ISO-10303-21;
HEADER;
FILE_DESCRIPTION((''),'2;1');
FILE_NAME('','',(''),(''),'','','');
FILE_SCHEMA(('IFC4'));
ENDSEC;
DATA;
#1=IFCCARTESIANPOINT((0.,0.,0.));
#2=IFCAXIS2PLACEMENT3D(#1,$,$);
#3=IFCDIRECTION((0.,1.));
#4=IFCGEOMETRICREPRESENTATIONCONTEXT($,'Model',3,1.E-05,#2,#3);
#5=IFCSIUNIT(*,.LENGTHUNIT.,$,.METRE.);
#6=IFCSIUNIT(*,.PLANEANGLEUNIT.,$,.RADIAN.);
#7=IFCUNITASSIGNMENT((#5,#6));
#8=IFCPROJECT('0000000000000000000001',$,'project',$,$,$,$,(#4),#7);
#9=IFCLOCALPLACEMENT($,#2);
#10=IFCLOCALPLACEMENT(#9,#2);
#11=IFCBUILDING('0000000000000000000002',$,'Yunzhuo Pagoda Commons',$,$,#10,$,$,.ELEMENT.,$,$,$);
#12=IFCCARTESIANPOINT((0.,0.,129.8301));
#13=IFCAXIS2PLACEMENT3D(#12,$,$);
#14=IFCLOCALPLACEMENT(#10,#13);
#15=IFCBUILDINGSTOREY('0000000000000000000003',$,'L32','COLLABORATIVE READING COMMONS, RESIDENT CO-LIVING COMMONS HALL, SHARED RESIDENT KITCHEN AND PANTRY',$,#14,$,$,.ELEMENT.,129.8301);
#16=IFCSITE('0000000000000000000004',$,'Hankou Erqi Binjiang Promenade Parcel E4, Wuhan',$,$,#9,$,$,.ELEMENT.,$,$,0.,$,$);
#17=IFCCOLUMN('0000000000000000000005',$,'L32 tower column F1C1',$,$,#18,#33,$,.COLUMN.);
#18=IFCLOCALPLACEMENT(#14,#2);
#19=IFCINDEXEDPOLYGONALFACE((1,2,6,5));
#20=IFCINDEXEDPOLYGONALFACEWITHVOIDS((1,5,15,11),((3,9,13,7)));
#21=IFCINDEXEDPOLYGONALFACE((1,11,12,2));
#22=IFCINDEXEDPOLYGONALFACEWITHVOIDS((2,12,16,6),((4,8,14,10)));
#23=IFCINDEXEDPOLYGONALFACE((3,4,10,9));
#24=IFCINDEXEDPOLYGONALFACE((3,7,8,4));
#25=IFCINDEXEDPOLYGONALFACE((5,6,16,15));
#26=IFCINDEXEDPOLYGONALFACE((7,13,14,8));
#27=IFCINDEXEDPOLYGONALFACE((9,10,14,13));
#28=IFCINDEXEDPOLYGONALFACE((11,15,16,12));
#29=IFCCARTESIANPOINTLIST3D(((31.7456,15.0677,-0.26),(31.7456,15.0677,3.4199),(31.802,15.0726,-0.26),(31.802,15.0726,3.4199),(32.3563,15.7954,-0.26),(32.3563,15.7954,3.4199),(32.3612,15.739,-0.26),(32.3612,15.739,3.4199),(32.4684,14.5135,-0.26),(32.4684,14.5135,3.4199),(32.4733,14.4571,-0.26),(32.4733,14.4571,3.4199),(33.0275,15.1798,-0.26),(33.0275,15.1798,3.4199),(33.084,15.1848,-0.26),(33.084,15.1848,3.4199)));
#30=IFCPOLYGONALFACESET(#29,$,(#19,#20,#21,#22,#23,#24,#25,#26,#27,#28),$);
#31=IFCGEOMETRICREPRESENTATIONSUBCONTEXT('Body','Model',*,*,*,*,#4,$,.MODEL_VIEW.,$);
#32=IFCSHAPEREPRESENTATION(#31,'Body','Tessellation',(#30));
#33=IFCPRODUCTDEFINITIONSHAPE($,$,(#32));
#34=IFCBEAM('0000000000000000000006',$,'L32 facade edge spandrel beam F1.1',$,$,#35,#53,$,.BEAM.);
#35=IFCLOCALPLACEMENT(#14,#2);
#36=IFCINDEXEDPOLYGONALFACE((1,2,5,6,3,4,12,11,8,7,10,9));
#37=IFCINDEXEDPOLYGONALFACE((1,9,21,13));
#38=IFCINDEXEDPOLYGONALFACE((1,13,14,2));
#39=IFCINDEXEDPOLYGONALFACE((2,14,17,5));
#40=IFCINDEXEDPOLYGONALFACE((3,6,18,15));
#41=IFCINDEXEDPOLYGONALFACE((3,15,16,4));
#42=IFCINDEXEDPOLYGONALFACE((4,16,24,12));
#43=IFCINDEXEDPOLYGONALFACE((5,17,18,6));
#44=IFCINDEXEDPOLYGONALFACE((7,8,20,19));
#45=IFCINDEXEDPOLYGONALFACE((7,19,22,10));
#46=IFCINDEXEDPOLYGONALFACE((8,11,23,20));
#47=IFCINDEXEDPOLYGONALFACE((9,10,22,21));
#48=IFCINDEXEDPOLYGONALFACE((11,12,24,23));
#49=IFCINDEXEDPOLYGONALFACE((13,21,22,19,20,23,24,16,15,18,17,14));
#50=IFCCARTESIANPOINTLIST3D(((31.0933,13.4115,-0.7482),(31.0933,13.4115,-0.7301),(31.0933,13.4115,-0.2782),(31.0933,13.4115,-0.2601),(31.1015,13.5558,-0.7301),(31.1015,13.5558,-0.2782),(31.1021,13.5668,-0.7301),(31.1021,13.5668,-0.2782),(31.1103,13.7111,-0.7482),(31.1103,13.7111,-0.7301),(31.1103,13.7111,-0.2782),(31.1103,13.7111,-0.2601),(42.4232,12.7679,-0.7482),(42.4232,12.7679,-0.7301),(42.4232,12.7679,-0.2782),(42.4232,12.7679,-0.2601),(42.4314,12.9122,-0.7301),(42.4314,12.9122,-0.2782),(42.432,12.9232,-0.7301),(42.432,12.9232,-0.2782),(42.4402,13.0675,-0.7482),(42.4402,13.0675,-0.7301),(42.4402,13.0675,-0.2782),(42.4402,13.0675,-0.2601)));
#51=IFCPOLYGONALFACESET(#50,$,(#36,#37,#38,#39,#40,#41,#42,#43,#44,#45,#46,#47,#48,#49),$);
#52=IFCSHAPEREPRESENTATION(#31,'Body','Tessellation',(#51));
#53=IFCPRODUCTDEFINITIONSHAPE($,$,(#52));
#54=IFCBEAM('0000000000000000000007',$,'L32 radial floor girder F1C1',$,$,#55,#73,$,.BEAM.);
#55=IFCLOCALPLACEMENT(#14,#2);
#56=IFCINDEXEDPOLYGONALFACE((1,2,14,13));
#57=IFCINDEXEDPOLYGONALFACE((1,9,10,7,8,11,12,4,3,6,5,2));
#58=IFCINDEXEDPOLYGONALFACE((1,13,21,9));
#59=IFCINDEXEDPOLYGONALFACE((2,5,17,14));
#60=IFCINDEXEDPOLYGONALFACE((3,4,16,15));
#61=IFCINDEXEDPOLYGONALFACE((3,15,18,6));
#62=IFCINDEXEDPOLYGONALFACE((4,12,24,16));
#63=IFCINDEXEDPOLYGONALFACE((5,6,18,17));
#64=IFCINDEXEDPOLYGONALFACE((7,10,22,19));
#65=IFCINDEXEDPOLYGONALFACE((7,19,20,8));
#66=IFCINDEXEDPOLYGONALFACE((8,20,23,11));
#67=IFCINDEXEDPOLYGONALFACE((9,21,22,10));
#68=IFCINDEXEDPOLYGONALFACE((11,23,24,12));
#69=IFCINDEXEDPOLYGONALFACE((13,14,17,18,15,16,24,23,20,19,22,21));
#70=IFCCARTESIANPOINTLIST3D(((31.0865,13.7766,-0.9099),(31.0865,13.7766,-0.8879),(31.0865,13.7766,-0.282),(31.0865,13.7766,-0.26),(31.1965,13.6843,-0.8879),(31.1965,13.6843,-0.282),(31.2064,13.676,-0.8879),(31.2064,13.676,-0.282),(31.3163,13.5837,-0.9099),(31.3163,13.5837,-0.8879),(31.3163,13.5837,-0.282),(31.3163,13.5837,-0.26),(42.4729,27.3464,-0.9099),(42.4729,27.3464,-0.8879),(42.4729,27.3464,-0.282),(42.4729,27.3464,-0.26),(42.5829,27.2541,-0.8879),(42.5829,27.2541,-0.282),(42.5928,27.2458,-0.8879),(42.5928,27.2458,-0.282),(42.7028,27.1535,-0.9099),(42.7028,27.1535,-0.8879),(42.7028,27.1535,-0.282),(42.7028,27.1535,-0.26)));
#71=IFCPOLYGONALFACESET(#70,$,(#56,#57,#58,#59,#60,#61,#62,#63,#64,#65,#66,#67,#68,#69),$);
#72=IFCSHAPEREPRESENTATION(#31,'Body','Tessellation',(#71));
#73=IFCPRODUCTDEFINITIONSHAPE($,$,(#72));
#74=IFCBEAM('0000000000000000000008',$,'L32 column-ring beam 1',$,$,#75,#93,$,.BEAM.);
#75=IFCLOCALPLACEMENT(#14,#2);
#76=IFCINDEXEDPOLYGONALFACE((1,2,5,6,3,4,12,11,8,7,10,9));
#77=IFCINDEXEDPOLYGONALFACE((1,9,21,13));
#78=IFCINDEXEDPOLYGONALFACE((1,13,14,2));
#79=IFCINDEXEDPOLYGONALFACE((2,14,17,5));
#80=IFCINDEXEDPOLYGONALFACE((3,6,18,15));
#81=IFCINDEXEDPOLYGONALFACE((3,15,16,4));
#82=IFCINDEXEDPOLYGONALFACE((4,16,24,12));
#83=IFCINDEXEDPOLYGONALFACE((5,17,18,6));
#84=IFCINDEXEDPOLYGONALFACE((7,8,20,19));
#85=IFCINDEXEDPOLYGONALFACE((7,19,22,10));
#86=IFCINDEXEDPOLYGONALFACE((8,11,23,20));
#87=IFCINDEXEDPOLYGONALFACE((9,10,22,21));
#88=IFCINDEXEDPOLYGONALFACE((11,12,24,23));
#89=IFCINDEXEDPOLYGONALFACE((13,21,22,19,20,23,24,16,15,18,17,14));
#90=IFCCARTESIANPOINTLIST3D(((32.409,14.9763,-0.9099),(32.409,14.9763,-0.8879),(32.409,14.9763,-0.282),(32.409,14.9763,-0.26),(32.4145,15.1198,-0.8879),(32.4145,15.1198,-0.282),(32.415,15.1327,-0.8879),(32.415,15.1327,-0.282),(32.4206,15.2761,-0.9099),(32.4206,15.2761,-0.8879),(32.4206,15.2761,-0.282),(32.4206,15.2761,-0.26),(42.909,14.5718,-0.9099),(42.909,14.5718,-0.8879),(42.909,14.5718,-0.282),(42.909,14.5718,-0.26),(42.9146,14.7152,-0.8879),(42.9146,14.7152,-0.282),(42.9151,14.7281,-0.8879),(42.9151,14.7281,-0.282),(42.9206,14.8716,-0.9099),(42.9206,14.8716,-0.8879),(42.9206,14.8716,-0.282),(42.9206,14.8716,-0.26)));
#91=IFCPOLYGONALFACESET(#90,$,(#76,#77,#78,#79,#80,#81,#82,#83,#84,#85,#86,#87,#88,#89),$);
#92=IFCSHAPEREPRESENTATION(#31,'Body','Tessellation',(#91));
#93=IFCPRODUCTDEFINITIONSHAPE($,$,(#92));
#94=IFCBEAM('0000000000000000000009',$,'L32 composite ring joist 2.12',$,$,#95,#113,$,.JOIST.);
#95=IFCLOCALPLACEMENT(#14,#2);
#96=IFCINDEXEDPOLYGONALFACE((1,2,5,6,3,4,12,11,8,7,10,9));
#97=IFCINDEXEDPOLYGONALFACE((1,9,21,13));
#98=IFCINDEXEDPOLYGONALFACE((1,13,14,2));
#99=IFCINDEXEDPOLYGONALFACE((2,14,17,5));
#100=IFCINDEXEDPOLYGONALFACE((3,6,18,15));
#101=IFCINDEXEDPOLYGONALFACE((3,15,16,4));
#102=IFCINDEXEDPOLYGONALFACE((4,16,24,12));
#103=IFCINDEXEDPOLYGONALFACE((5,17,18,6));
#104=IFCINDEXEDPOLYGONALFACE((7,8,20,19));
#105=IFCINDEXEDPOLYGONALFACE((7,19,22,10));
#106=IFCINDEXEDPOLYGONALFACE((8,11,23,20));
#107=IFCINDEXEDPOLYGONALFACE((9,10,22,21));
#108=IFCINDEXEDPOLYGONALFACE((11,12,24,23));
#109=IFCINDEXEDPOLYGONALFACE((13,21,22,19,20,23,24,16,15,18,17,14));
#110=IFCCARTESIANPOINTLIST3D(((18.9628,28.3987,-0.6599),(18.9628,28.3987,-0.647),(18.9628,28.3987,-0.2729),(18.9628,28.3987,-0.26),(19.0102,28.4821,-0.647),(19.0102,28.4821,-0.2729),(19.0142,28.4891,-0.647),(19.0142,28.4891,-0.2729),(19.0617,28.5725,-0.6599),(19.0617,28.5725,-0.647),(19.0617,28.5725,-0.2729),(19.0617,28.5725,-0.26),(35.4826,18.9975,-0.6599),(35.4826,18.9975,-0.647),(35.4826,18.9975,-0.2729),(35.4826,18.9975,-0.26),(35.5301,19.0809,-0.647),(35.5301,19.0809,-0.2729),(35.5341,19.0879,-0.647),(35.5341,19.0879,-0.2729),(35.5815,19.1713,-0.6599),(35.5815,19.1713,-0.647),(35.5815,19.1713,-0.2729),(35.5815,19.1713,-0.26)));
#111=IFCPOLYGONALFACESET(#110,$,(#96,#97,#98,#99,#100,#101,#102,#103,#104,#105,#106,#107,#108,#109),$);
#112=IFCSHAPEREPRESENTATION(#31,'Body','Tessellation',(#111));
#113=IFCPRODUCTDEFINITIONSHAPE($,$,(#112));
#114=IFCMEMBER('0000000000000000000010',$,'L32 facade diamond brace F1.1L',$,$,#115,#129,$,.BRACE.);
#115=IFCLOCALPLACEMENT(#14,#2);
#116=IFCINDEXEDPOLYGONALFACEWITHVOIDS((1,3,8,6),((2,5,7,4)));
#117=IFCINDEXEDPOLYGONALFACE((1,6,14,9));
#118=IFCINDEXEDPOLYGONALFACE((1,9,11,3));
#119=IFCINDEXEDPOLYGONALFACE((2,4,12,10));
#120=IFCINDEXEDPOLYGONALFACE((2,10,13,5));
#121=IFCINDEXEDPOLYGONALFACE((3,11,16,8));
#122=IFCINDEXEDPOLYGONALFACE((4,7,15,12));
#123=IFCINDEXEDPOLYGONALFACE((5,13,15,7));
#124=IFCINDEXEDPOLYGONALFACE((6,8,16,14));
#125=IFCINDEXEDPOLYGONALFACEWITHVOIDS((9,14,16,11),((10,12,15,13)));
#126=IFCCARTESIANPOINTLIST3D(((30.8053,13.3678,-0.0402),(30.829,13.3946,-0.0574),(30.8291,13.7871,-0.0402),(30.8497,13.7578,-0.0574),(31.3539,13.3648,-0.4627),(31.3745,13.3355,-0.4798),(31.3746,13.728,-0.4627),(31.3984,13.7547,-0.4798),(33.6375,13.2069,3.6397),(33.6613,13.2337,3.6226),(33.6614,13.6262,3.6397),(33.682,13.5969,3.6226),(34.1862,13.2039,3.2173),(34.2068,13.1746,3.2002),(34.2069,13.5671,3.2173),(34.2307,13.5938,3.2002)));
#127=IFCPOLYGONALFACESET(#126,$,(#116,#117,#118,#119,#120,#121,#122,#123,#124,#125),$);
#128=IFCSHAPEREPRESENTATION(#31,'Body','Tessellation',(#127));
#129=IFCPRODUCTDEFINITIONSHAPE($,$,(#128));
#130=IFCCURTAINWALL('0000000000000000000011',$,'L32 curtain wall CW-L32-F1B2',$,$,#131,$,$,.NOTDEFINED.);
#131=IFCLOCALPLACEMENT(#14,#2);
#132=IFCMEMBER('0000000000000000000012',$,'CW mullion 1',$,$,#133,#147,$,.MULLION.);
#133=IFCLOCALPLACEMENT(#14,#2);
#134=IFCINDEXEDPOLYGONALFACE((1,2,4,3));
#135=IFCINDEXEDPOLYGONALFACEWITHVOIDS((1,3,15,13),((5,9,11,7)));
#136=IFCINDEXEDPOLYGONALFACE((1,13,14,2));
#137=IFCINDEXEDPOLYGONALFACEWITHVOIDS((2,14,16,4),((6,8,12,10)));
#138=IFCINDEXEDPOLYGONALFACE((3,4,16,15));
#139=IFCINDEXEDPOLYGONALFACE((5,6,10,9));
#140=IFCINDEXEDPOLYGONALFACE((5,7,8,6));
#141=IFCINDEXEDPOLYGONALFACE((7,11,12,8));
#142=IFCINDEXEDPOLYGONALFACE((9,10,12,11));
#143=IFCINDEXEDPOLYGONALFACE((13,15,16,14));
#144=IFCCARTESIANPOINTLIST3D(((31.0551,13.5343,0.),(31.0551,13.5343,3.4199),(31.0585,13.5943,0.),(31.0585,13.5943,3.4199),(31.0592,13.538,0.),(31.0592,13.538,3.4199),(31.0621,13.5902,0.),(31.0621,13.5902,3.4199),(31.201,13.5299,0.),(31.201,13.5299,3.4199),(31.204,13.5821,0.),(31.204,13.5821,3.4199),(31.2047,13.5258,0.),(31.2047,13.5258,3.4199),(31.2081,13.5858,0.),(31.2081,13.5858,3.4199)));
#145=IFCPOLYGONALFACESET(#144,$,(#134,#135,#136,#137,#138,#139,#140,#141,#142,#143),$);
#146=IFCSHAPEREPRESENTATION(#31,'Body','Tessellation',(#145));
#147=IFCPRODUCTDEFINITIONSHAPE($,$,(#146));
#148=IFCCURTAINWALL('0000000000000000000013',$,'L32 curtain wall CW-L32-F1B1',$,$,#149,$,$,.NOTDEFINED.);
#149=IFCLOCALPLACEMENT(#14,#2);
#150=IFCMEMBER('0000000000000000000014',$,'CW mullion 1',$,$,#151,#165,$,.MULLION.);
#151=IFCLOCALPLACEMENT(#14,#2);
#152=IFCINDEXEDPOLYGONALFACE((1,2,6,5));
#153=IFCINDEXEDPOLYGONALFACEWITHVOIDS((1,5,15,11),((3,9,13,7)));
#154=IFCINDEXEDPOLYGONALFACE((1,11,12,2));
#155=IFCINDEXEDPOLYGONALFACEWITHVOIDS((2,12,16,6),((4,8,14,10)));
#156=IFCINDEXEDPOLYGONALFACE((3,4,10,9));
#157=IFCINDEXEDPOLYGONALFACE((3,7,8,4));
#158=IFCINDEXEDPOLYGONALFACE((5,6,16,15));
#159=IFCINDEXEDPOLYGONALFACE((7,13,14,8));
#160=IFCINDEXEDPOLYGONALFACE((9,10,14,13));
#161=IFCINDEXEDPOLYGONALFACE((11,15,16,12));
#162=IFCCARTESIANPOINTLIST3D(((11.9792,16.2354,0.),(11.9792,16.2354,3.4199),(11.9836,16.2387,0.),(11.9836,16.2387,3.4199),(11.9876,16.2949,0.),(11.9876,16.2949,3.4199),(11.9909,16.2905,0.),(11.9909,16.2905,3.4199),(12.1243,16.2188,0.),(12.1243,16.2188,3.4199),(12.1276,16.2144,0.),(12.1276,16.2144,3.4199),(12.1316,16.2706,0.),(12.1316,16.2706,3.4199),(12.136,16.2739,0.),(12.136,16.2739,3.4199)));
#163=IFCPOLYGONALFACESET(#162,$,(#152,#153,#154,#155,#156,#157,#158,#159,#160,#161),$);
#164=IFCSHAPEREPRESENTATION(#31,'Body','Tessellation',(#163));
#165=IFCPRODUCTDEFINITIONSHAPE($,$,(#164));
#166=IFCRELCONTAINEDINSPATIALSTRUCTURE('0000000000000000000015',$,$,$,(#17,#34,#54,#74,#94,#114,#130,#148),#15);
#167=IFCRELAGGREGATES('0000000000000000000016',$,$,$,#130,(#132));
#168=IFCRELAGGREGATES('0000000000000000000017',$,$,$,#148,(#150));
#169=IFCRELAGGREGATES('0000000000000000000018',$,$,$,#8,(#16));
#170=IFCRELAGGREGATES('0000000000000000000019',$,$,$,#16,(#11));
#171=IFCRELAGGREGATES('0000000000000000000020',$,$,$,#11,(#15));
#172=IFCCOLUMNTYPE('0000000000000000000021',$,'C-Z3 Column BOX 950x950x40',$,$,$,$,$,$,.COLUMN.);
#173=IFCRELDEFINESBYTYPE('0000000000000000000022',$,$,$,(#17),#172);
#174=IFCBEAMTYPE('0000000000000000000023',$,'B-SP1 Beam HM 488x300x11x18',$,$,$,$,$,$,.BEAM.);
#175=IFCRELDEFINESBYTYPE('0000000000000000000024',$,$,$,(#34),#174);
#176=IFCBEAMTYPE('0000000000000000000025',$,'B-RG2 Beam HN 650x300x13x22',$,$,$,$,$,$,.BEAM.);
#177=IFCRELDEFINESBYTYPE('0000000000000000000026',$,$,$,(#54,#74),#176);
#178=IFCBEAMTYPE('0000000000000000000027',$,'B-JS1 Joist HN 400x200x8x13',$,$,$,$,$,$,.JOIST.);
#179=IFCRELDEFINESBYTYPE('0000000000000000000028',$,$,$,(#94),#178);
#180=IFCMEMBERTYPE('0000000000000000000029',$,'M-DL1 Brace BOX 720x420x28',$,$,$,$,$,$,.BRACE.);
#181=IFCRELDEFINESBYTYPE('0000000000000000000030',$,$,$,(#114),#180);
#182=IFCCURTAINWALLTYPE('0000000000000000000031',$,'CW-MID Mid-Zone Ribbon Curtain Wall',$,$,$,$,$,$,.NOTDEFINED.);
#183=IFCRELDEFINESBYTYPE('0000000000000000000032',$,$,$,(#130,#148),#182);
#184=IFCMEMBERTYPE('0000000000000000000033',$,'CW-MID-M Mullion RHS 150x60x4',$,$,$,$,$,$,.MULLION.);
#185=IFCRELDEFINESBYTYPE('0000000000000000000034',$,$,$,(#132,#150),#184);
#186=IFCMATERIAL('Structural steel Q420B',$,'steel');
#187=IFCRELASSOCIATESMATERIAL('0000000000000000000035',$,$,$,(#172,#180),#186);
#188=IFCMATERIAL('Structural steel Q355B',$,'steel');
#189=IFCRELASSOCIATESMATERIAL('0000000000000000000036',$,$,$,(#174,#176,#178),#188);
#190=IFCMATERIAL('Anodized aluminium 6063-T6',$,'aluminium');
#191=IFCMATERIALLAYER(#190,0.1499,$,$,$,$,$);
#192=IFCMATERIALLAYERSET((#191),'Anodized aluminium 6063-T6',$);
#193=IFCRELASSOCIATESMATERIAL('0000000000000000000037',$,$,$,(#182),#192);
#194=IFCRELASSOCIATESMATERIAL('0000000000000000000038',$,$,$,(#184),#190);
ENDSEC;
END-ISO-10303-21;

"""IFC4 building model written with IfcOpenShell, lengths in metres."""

from ifc_helpers import new_model, si_unit, direction, frame, origin, origin_2d, place, context, subcontext, project, spatial, hollow_rectangle, i_section, extrude, source, transform, mapped, material, layer, layer_set, material_profile, profile_set, type_object, element, aggregate, save


model = new_model("IFC4")

# Units and contexts
model_context = context("Model", 3, precision=1e-05, world=origin(), true_north=direction((0.0, 1.0)))
body_context = subcontext(model_context, "Body", "Model", "MODEL_VIEW")
ifc_project = project(units=[si_unit("LENGTHUNIT", "METRE"), si_unit("PLANEANGLEUNIT", "RADIAN")], contexts=[model_context])

# Site, building, storey
site_placement = place(None, origin())
site = spatial("IfcSite", under=ifc_project, at=site_placement, Name="Hankou Erqi Binjiang Promenade Parcel E4, Wuhan", CompositionType="ELEMENT", RefElevation=0.0)
building_placement = place(site_placement, origin())
building = spatial("IfcBuilding", under=site, at=building_placement, Name="Yunzhuo Pagoda Commons", CompositionType="ELEMENT")
storey_placement = place(building_placement, frame((0.0, 0.0, 129.8301)))
storey = spatial("IfcBuildingStorey", under=building, at=storey_placement, Name="L32", Description="COLLABORATIVE READING COMMONS, RESIDENT CO-LIVING COMMONS HALL, SHARED RESIDENT KITCHEN AND PANTRY", CompositionType="ELEMENT", Elevation=129.8301)

# Column
ifc_material_1 = material(Name="Structural steel Q420B", Category="steel")
ifc_material_profile_1 = material_profile(ifc_material_1, hollow_rectangle(XDim=0.95, YDim=0.95, WallThickness=0.04, at=origin_2d()), Name="Structural steel Q420B")
ifc_profile_set_1 = profile_set([ifc_material_profile_1], Name="Structural steel Q420B")
column_type = type_object("IfcColumnType", Name="C-Z3 Column BOX 950x950x40", PredefinedType="COLUMN", material=ifc_profile_set_1)
shared_shape_1 = source(origin(), body_context, "Body", "SweptSolid", [
    extrude(hollow_rectangle(XDim=0.95, YDim=0.95, WallThickness=0.04, at=origin_2d()), origin(), (0.0, 0.0, 1.0), 3.6799),
])
column_placement = place(storey_placement, frame((32.4148, 15.1262, -0.26), z_axis=(0.0, 0.0, 1.0), x_axis=(0.766044, -0.642788, 0.0)))
element("IfcColumn", 1, at=column_placement, inside=storey, type_object=column_type, Name="L32 tower column F1C1", PredefinedType="COLUMN", context=body_context, shape_type="MappedRepresentation", body=[
    mapped(shared_shape_1, transform((0.0, 0.0, 0.0), scale=1.0)),
])

# Beams
ifc_material_2 = material(Name="Structural steel Q355B", Category="steel")
ifc_material_profile_2 = material_profile(ifc_material_2, i_section(OverallWidth=0.3, OverallDepth=0.488, WebThickness=0.011, FlangeThickness=0.0181, at=origin_2d()), Name="Structural steel Q355B")
ifc_profile_set_2 = profile_set([ifc_material_profile_2], Name="Structural steel Q355B")
beam_type_1 = type_object("IfcBeamType", Name="B-SP1 Beam HM 488x300x11x18", PredefinedType="BEAM", material=ifc_profile_set_2)
shared_shape_2 = source(origin(), body_context, "Body", "SweptSolid", [
    extrude(i_section(OverallWidth=0.3, OverallDepth=0.488, WebThickness=0.011, FlangeThickness=0.0181, at=origin_2d()), origin(), (0.0, 0.0, 1.0), 11.3481),
])
beam_1_placement = place(storey_placement, frame((31.1018, 13.5613, -0.5042), z_axis=(0.998391, -0.05671, 0.0), x_axis=(0.05671, 0.998391, 0.0)))
element("IfcBeam", 2, at=beam_1_placement, inside=storey, type_object=beam_type_1, Name="L32 facade edge spandrel beam F1.1", PredefinedType="BEAM", context=body_context, shape_type="MappedRepresentation", body=[
    mapped(shared_shape_2, transform((0.0, 0.0, 0.0), scale=1.0)),
])
ifc_material_profile_3 = material_profile(ifc_material_2, i_section(OverallWidth=0.3, OverallDepth=0.6499, WebThickness=0.0129, FlangeThickness=0.022, at=origin_2d()), Name="Structural steel Q355B")
ifc_profile_set_3 = profile_set([ifc_material_profile_3], Name="Structural steel Q355B")
beam_type_2 = type_object("IfcBeamType", Name="B-RG2 Beam HN 650x300x13x22", PredefinedType="BEAM", material=ifc_profile_set_3)
shared_shape_3 = source(origin(), body_context, "Body", "SweptSolid", [
    extrude(i_section(OverallWidth=0.3, OverallDepth=0.6499, WebThickness=0.0129, FlangeThickness=0.022, at=origin_2d()), origin(), (0.0, 0.0, 1.0), 17.7141),
])
beam_2_placement = place(storey_placement, frame((31.2014, 13.6802, -0.585), z_axis=(0.642789, 0.766043, 0.0), x_axis=(-0.766043, 0.642789, 0.0)))
element("IfcBeam", 3, at=beam_2_placement, inside=storey, type_object=beam_type_2, Name="L32 radial floor girder F1C1", PredefinedType="BEAM", context=body_context, shape_type="MappedRepresentation", body=[
    mapped(shared_shape_3, transform((0.0, 0.0, 0.0), scale=1.0)),
])
shared_shape_4 = source(origin(), body_context, "Body", "SweptSolid", [
    extrude(i_section(OverallWidth=0.3, OverallDepth=0.6499, WebThickness=0.0129, FlangeThickness=0.022, at=origin_2d()), origin(), (0.0, 0.0, 1.0), 10.5078),
])
beam_3_placement = place(storey_placement, frame((32.4148, 15.1262, -0.585), z_axis=(0.999259, -0.038499, 0.0), x_axis=(0.038499, 0.999259, 0.0)))
element("IfcBeam", 4, at=beam_3_placement, inside=storey, type_object=beam_type_2, Name="L32 column-ring beam 1", PredefinedType="BEAM", context=body_context, shape_type="MappedRepresentation", body=[
    mapped(shared_shape_4, transform((0.0, 0.0, 0.0), scale=1.0)),
])
ifc_material_profile_4 = material_profile(ifc_material_2, i_section(OverallWidth=0.2, OverallDepth=0.3999, WebThickness=0.0081, FlangeThickness=0.0129, at=origin_2d()), Name="Structural steel Q355B")
ifc_profile_set_4 = profile_set([ifc_material_profile_4], Name="Structural steel Q355B")
beam_type_3 = type_object("IfcBeamType", Name="B-JS1 Joist HN 400x200x8x13", PredefinedType="JOIST", material=ifc_profile_set_4)
shared_shape_5 = source(origin(), body_context, "Body", "SweptSolid", [
    extrude(i_section(OverallWidth=0.2, OverallDepth=0.3999, WebThickness=0.0081, FlangeThickness=0.0129, at=origin_2d()), origin(), (0.0, 0.0, 1.0), 19.0076),
])
beam_4_placement = place(storey_placement, frame((19.0122, 28.4856, -0.46), z_axis=(0.86912, -0.494601, 0.0), x_axis=(0.494601, 0.86912, 0.0)))
element("IfcBeam", 5, at=beam_4_placement, inside=storey, type_object=beam_type_3, Name="L32 composite ring joist 2.12", PredefinedType="JOIST", context=body_context, shape_type="MappedRepresentation", body=[
    mapped(shared_shape_5, transform((0.0, 0.0, 0.0), scale=1.0)),
])

# Member
ifc_material_profile_5 = material_profile(ifc_material_1, hollow_rectangle(XDim=0.4199, YDim=0.72, WallThickness=0.0281, at=origin_2d()), Name="Structural steel Q420B")
ifc_profile_set_5 = profile_set([ifc_material_profile_5], Name="Structural steel Q420B")
member_type_1 = type_object("IfcMemberType", Name="M-DL1 Brace BOX 720x420x28", PredefinedType="BRACE", material=ifc_profile_set_5)
shared_shape_6 = source(origin(), body_context, "Body", "SweptSolid", [
    extrude(hollow_rectangle(XDim=0.4199, YDim=0.72, WallThickness=0.0281, at=origin_2d()), origin(), (0.0, 0.0, 1.0), 4.6465),
])
member_1_placement = place(storey_placement, frame((31.1018, 13.5613, -0.26), z_axis=(0.609556, -0.034626, 0.791987), x_axis=(0.056714, 0.99839, 0.0)))
element("IfcMember", 6, at=member_1_placement, inside=storey, type_object=member_type_1, Name="L32 facade diamond brace F1.1L", PredefinedType="BRACE", context=body_context, shape_type="MappedRepresentation", body=[
    mapped(shared_shape_6, transform((0.0, 0.0, 0.0), scale=1.0)),
])

# Curtain wall, member
ifc_material_3 = material(Name="Anodized aluminium 6063-T6", Category="aluminium")
ifc_layer_1 = layer(ifc_material_3, 0.1499)
ifc_layer_set_1 = layer_set([ifc_layer_1], Name="Anodized aluminium 6063-T6")
curtain_wall_type_1 = type_object("IfcCurtainWallType", Name="CW-MID Mid-Zone Ribbon Curtain Wall", PredefinedType="NOTDEFINED", material=ifc_layer_set_1)
curtain_wall_1_placement = place(storey_placement, origin())
curtain_wall_1 = element("IfcCurtainWall", 7, at=curtain_wall_1_placement, inside=storey, type_object=curtain_wall_type_1, Name="L32 curtain wall CW-L32-F1B2", PredefinedType="NOTDEFINED")
ifc_material_profile_6 = material_profile(ifc_material_3, hollow_rectangle(XDim=0.0601, YDim=0.1499, WallThickness=0.0039, at=origin_2d()), Name="Anodized aluminium 6063-T6")
ifc_profile_set_6 = profile_set([ifc_material_profile_6], Name="Anodized aluminium 6063-T6")
member_type_2 = type_object("IfcMemberType", Name="CW-MID-M Mullion RHS 150x60x4", PredefinedType="MULLION", material=ifc_profile_set_6)
shared_shape_7 = source(origin(), body_context, "Body", "SweptSolid", [
    extrude(hollow_rectangle(XDim=0.0601, YDim=0.1499, WallThickness=0.0039, at=origin_2d()), origin(), (0.0, 0.0, 1.0), 3.4199),
])
member_2_placement = place(storey_placement, frame((31.1316, 13.5601, 0.0), z_axis=(0.0, 0.0, 1.0), x_axis=(0.056742, 0.998389, 0.0)))
member_2 = element("IfcMember", 8, at=member_2_placement, type_object=member_type_2, Name="CW mullion 1", PredefinedType="MULLION", context=body_context, shape_type="MappedRepresentation", body=[
    mapped(shared_shape_7, transform((0.0, 0.0, 0.0), scale=1.0)),
])

# Curtain wall, member
curtain_wall_2_placement = place(storey_placement, origin())
curtain_wall_2 = element("IfcCurtainWall", 9, at=curtain_wall_2_placement, inside=storey, type_object=curtain_wall_type_1, Name="L32 curtain wall CW-L32-F1B1", PredefinedType="NOTDEFINED")
member_3_placement = place(storey_placement, frame((12.0576, 16.2546, 0.0), z_axis=(0.0, 0.0, 1.0), x_axis=(0.140027, 0.990148, 0.0)))
member_3 = element("IfcMember", 10, at=member_3_placement, type_object=member_type_2, Name="CW mullion 1", PredefinedType="MULLION", context=body_context, shape_type="MappedRepresentation", body=[
    mapped(shared_shape_7, transform((0.0, 0.0, 0.0), scale=1.0)),
])

aggregate(curtain_wall_1, [member_2])

aggregate(curtain_wall_2, [member_3])

save(model, "model.ifc")
